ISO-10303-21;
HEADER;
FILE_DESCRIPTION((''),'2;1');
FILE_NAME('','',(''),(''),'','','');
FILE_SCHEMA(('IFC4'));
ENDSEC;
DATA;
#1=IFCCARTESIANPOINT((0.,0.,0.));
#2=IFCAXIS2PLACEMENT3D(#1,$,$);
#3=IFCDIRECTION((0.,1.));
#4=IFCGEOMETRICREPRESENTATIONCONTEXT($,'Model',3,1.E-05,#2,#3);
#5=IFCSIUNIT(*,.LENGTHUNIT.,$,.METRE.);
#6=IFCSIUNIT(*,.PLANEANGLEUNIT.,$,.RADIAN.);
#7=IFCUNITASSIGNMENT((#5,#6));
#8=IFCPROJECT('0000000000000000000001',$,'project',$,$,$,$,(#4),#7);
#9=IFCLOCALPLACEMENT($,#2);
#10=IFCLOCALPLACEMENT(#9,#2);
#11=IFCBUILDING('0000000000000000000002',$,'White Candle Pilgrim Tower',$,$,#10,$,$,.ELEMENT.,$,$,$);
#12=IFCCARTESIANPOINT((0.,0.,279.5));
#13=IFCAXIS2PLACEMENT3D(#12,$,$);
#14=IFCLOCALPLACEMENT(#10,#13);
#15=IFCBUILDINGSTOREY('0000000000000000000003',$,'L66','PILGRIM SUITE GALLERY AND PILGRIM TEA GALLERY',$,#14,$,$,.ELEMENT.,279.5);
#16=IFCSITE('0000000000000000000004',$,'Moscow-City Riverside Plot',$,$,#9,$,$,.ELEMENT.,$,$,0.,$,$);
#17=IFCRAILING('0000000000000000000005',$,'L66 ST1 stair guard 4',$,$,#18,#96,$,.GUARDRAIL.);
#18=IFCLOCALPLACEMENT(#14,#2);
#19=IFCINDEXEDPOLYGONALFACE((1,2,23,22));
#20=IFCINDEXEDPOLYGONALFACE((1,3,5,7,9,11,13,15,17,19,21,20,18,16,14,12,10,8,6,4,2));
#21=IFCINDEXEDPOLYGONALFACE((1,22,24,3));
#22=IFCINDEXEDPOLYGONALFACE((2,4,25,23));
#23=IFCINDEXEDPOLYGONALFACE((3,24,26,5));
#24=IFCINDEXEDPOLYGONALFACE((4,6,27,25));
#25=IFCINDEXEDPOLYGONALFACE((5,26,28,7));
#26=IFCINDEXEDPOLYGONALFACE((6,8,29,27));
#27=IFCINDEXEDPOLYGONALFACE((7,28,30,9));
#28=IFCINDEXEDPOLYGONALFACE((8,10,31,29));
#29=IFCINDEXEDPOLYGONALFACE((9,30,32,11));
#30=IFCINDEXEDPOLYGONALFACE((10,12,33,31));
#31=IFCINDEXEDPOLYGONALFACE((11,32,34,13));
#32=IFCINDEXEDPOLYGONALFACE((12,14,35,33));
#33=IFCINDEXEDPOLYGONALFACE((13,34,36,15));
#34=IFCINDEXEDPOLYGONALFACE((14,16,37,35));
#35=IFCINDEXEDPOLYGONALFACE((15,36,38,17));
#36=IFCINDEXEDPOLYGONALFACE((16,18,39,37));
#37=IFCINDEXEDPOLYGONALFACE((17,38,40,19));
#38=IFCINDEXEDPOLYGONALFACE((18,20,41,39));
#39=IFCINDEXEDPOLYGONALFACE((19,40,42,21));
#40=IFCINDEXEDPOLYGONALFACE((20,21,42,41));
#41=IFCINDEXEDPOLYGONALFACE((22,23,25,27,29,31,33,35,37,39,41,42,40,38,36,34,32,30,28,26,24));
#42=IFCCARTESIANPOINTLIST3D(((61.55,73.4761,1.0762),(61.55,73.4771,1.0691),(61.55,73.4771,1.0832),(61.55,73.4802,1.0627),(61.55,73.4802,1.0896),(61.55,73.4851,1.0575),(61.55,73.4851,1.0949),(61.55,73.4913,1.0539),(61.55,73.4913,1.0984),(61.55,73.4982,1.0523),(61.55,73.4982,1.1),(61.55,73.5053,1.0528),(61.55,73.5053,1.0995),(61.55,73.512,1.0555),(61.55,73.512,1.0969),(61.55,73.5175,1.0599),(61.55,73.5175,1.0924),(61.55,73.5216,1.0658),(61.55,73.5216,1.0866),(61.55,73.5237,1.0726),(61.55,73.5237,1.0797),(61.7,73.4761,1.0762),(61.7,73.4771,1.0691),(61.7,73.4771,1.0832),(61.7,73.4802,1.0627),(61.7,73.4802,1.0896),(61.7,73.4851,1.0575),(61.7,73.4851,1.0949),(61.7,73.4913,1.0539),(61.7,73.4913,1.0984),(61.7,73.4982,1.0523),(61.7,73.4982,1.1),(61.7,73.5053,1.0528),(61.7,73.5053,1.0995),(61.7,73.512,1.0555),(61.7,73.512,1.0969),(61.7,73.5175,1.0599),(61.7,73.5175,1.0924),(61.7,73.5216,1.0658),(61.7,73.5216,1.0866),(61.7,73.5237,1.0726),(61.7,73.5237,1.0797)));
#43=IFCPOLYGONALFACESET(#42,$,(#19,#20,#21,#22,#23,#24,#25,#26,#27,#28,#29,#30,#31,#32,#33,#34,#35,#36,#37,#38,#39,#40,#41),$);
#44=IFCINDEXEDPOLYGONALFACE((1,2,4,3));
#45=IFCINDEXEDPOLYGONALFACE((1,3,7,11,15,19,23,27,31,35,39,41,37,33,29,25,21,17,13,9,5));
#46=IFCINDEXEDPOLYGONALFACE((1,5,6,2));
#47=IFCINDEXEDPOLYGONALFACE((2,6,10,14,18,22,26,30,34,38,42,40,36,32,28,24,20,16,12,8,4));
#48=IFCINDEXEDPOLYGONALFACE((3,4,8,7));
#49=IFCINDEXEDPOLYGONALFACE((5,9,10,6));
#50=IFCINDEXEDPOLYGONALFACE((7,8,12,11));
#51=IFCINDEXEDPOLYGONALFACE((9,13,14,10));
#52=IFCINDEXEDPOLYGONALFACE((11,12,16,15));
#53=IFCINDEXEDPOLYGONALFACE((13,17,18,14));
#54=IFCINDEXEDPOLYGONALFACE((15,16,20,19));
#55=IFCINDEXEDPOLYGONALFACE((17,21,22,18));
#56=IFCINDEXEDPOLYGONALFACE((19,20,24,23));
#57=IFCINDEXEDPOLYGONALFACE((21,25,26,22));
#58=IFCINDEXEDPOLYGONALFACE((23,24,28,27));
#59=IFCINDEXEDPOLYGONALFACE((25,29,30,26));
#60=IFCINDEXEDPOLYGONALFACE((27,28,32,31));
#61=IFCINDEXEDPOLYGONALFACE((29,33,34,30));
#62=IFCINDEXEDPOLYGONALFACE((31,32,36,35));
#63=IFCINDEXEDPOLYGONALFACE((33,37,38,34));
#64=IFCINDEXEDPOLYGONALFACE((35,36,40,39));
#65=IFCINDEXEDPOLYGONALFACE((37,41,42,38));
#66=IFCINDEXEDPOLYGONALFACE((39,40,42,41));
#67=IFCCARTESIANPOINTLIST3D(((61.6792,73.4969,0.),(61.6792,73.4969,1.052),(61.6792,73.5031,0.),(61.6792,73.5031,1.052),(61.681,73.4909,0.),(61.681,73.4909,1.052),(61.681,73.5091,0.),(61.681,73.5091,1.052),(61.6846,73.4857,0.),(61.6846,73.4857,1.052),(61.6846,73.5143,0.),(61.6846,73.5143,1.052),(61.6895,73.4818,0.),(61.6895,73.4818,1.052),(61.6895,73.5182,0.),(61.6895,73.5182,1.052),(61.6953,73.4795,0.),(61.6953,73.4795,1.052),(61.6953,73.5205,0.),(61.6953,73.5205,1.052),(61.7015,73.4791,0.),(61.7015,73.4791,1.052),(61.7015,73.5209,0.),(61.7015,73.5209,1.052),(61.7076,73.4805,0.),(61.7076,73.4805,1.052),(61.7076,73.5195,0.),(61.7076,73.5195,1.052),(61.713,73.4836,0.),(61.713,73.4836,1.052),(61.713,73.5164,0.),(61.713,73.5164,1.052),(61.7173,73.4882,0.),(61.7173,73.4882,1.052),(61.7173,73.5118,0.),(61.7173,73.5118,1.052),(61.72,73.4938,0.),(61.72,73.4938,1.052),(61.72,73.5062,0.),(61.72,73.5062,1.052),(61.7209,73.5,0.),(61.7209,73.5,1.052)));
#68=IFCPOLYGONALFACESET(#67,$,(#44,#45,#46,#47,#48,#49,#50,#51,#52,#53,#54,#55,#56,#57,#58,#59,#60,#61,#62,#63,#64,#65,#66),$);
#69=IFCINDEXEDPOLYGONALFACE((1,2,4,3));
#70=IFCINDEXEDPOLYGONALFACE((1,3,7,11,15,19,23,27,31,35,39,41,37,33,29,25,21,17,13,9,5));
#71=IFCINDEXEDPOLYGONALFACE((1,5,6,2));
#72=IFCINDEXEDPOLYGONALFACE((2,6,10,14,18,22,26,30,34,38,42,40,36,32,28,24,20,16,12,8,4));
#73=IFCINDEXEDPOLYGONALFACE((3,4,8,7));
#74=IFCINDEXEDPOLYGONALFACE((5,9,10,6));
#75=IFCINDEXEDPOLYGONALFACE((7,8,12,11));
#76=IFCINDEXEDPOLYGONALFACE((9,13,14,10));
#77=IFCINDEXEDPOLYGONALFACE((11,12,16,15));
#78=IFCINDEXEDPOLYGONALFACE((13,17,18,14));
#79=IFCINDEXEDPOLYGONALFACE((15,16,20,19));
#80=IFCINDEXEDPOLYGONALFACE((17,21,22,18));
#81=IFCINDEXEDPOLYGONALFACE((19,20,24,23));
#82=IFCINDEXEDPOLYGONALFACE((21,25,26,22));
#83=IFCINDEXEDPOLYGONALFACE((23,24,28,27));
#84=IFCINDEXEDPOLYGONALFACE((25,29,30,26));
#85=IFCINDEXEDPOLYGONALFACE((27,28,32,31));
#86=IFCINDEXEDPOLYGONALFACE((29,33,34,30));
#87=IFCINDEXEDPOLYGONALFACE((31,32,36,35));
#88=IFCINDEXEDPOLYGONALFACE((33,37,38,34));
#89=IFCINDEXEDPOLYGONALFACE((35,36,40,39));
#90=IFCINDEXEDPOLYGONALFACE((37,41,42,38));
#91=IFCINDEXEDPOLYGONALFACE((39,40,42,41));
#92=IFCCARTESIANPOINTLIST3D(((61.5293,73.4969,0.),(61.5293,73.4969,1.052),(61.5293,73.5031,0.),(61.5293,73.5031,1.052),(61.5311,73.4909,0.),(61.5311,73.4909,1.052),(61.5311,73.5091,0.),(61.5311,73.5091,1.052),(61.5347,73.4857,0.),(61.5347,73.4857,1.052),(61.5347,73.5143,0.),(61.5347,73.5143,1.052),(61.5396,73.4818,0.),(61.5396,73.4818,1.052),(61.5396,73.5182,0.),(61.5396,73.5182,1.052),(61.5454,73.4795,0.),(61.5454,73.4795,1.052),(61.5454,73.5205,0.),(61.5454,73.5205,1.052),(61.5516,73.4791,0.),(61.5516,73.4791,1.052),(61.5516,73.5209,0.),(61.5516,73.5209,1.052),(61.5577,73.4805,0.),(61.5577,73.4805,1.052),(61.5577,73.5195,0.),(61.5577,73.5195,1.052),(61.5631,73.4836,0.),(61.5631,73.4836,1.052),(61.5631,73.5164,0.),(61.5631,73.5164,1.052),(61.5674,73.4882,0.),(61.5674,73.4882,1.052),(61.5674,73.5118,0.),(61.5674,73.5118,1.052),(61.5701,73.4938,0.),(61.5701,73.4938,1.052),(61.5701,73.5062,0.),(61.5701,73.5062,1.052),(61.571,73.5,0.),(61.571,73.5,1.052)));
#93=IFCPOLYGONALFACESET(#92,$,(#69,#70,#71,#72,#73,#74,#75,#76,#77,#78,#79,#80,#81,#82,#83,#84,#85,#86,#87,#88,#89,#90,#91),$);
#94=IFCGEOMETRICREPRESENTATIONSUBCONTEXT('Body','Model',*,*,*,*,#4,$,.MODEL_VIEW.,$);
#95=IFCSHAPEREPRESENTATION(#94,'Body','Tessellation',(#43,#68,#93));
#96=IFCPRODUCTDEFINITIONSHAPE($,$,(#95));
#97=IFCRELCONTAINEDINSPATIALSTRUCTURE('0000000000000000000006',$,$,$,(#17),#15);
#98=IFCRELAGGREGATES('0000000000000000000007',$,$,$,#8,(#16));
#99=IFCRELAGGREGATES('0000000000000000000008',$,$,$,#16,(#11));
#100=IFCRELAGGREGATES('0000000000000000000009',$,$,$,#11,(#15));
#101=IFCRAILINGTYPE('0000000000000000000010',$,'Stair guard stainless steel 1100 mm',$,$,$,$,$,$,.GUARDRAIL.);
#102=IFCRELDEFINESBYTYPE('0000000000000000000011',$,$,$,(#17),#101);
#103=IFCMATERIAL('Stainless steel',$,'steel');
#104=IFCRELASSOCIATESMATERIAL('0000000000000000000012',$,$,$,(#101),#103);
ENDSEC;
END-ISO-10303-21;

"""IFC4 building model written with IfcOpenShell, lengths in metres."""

from ifc_helpers import new_model, si_unit, direction, frame, origin, origin_2d, place, context, subcontext, project, spatial, circle, extrude, material, type_object, element, save


model = new_model("IFC4")

# Units and contexts
model_context = context("Model", 3, precision=1e-05, world=origin(), true_north=direction((0.0, 1.0)))
body_context = subcontext(model_context, "Body", "Model", "MODEL_VIEW")
ifc_project = project(units=[si_unit("LENGTHUNIT", "METRE"), si_unit("PLANEANGLEUNIT", "RADIAN")], contexts=[model_context])

# Site, building, storey
site_placement = place(None, origin())
site = spatial("IfcSite", under=ifc_project, at=site_placement, Name="Moscow-City Riverside Plot", CompositionType="ELEMENT", RefElevation=0.0)
building_placement = place(site_placement, origin())
building = spatial("IfcBuilding", under=site, at=building_placement, Name="White Candle Pilgrim Tower", CompositionType="ELEMENT")
storey_placement = place(building_placement, frame((0.0, 0.0, 279.5)))
storey = spatial("IfcBuildingStorey", under=building, at=storey_placement, Name="L66", Description="PILGRIM SUITE GALLERY AND PILGRIM TEA GALLERY", CompositionType="ELEMENT", Elevation=279.5)

# Railing
ifc_material_1 = material(Name="Stainless steel", Category="steel")
railing_type_1 = type_object("IfcRailingType", Name="Stair guard stainless steel 1100 mm", PredefinedType="GUARDRAIL", material=ifc_material_1)
railing_1_placement = place(storey_placement, frame((61.7, 73.5, 0.0)))
element("IfcRailing", 1, at=railing_1_placement, inside=storey, type_object=railing_type_1, Name="L66 ST1 stair guard 4", PredefinedType="GUARDRAIL", context=body_context, shape_type="SweptSolid", body=[
    extrude(circle(Radius=0.0239, at=origin_2d()), frame((0.0, 0.0, 1.0762), z_axis=(-1.0, 0.0, 0.0), x_axis=(0.0, -1.0, 0.0)), (0.0, 0.0, 1.0), 0.1499),
    extrude(circle(Radius=0.021, at=origin_2d()), origin(), (0.0, 0.0, 1.0), 1.052),
    extrude(circle(Radius=0.021, at=origin_2d()), frame((-0.1499, 0.0, 0.0)), (0.0, 0.0, 1.0), 1.052),
])

save(model, "model.ifc")
